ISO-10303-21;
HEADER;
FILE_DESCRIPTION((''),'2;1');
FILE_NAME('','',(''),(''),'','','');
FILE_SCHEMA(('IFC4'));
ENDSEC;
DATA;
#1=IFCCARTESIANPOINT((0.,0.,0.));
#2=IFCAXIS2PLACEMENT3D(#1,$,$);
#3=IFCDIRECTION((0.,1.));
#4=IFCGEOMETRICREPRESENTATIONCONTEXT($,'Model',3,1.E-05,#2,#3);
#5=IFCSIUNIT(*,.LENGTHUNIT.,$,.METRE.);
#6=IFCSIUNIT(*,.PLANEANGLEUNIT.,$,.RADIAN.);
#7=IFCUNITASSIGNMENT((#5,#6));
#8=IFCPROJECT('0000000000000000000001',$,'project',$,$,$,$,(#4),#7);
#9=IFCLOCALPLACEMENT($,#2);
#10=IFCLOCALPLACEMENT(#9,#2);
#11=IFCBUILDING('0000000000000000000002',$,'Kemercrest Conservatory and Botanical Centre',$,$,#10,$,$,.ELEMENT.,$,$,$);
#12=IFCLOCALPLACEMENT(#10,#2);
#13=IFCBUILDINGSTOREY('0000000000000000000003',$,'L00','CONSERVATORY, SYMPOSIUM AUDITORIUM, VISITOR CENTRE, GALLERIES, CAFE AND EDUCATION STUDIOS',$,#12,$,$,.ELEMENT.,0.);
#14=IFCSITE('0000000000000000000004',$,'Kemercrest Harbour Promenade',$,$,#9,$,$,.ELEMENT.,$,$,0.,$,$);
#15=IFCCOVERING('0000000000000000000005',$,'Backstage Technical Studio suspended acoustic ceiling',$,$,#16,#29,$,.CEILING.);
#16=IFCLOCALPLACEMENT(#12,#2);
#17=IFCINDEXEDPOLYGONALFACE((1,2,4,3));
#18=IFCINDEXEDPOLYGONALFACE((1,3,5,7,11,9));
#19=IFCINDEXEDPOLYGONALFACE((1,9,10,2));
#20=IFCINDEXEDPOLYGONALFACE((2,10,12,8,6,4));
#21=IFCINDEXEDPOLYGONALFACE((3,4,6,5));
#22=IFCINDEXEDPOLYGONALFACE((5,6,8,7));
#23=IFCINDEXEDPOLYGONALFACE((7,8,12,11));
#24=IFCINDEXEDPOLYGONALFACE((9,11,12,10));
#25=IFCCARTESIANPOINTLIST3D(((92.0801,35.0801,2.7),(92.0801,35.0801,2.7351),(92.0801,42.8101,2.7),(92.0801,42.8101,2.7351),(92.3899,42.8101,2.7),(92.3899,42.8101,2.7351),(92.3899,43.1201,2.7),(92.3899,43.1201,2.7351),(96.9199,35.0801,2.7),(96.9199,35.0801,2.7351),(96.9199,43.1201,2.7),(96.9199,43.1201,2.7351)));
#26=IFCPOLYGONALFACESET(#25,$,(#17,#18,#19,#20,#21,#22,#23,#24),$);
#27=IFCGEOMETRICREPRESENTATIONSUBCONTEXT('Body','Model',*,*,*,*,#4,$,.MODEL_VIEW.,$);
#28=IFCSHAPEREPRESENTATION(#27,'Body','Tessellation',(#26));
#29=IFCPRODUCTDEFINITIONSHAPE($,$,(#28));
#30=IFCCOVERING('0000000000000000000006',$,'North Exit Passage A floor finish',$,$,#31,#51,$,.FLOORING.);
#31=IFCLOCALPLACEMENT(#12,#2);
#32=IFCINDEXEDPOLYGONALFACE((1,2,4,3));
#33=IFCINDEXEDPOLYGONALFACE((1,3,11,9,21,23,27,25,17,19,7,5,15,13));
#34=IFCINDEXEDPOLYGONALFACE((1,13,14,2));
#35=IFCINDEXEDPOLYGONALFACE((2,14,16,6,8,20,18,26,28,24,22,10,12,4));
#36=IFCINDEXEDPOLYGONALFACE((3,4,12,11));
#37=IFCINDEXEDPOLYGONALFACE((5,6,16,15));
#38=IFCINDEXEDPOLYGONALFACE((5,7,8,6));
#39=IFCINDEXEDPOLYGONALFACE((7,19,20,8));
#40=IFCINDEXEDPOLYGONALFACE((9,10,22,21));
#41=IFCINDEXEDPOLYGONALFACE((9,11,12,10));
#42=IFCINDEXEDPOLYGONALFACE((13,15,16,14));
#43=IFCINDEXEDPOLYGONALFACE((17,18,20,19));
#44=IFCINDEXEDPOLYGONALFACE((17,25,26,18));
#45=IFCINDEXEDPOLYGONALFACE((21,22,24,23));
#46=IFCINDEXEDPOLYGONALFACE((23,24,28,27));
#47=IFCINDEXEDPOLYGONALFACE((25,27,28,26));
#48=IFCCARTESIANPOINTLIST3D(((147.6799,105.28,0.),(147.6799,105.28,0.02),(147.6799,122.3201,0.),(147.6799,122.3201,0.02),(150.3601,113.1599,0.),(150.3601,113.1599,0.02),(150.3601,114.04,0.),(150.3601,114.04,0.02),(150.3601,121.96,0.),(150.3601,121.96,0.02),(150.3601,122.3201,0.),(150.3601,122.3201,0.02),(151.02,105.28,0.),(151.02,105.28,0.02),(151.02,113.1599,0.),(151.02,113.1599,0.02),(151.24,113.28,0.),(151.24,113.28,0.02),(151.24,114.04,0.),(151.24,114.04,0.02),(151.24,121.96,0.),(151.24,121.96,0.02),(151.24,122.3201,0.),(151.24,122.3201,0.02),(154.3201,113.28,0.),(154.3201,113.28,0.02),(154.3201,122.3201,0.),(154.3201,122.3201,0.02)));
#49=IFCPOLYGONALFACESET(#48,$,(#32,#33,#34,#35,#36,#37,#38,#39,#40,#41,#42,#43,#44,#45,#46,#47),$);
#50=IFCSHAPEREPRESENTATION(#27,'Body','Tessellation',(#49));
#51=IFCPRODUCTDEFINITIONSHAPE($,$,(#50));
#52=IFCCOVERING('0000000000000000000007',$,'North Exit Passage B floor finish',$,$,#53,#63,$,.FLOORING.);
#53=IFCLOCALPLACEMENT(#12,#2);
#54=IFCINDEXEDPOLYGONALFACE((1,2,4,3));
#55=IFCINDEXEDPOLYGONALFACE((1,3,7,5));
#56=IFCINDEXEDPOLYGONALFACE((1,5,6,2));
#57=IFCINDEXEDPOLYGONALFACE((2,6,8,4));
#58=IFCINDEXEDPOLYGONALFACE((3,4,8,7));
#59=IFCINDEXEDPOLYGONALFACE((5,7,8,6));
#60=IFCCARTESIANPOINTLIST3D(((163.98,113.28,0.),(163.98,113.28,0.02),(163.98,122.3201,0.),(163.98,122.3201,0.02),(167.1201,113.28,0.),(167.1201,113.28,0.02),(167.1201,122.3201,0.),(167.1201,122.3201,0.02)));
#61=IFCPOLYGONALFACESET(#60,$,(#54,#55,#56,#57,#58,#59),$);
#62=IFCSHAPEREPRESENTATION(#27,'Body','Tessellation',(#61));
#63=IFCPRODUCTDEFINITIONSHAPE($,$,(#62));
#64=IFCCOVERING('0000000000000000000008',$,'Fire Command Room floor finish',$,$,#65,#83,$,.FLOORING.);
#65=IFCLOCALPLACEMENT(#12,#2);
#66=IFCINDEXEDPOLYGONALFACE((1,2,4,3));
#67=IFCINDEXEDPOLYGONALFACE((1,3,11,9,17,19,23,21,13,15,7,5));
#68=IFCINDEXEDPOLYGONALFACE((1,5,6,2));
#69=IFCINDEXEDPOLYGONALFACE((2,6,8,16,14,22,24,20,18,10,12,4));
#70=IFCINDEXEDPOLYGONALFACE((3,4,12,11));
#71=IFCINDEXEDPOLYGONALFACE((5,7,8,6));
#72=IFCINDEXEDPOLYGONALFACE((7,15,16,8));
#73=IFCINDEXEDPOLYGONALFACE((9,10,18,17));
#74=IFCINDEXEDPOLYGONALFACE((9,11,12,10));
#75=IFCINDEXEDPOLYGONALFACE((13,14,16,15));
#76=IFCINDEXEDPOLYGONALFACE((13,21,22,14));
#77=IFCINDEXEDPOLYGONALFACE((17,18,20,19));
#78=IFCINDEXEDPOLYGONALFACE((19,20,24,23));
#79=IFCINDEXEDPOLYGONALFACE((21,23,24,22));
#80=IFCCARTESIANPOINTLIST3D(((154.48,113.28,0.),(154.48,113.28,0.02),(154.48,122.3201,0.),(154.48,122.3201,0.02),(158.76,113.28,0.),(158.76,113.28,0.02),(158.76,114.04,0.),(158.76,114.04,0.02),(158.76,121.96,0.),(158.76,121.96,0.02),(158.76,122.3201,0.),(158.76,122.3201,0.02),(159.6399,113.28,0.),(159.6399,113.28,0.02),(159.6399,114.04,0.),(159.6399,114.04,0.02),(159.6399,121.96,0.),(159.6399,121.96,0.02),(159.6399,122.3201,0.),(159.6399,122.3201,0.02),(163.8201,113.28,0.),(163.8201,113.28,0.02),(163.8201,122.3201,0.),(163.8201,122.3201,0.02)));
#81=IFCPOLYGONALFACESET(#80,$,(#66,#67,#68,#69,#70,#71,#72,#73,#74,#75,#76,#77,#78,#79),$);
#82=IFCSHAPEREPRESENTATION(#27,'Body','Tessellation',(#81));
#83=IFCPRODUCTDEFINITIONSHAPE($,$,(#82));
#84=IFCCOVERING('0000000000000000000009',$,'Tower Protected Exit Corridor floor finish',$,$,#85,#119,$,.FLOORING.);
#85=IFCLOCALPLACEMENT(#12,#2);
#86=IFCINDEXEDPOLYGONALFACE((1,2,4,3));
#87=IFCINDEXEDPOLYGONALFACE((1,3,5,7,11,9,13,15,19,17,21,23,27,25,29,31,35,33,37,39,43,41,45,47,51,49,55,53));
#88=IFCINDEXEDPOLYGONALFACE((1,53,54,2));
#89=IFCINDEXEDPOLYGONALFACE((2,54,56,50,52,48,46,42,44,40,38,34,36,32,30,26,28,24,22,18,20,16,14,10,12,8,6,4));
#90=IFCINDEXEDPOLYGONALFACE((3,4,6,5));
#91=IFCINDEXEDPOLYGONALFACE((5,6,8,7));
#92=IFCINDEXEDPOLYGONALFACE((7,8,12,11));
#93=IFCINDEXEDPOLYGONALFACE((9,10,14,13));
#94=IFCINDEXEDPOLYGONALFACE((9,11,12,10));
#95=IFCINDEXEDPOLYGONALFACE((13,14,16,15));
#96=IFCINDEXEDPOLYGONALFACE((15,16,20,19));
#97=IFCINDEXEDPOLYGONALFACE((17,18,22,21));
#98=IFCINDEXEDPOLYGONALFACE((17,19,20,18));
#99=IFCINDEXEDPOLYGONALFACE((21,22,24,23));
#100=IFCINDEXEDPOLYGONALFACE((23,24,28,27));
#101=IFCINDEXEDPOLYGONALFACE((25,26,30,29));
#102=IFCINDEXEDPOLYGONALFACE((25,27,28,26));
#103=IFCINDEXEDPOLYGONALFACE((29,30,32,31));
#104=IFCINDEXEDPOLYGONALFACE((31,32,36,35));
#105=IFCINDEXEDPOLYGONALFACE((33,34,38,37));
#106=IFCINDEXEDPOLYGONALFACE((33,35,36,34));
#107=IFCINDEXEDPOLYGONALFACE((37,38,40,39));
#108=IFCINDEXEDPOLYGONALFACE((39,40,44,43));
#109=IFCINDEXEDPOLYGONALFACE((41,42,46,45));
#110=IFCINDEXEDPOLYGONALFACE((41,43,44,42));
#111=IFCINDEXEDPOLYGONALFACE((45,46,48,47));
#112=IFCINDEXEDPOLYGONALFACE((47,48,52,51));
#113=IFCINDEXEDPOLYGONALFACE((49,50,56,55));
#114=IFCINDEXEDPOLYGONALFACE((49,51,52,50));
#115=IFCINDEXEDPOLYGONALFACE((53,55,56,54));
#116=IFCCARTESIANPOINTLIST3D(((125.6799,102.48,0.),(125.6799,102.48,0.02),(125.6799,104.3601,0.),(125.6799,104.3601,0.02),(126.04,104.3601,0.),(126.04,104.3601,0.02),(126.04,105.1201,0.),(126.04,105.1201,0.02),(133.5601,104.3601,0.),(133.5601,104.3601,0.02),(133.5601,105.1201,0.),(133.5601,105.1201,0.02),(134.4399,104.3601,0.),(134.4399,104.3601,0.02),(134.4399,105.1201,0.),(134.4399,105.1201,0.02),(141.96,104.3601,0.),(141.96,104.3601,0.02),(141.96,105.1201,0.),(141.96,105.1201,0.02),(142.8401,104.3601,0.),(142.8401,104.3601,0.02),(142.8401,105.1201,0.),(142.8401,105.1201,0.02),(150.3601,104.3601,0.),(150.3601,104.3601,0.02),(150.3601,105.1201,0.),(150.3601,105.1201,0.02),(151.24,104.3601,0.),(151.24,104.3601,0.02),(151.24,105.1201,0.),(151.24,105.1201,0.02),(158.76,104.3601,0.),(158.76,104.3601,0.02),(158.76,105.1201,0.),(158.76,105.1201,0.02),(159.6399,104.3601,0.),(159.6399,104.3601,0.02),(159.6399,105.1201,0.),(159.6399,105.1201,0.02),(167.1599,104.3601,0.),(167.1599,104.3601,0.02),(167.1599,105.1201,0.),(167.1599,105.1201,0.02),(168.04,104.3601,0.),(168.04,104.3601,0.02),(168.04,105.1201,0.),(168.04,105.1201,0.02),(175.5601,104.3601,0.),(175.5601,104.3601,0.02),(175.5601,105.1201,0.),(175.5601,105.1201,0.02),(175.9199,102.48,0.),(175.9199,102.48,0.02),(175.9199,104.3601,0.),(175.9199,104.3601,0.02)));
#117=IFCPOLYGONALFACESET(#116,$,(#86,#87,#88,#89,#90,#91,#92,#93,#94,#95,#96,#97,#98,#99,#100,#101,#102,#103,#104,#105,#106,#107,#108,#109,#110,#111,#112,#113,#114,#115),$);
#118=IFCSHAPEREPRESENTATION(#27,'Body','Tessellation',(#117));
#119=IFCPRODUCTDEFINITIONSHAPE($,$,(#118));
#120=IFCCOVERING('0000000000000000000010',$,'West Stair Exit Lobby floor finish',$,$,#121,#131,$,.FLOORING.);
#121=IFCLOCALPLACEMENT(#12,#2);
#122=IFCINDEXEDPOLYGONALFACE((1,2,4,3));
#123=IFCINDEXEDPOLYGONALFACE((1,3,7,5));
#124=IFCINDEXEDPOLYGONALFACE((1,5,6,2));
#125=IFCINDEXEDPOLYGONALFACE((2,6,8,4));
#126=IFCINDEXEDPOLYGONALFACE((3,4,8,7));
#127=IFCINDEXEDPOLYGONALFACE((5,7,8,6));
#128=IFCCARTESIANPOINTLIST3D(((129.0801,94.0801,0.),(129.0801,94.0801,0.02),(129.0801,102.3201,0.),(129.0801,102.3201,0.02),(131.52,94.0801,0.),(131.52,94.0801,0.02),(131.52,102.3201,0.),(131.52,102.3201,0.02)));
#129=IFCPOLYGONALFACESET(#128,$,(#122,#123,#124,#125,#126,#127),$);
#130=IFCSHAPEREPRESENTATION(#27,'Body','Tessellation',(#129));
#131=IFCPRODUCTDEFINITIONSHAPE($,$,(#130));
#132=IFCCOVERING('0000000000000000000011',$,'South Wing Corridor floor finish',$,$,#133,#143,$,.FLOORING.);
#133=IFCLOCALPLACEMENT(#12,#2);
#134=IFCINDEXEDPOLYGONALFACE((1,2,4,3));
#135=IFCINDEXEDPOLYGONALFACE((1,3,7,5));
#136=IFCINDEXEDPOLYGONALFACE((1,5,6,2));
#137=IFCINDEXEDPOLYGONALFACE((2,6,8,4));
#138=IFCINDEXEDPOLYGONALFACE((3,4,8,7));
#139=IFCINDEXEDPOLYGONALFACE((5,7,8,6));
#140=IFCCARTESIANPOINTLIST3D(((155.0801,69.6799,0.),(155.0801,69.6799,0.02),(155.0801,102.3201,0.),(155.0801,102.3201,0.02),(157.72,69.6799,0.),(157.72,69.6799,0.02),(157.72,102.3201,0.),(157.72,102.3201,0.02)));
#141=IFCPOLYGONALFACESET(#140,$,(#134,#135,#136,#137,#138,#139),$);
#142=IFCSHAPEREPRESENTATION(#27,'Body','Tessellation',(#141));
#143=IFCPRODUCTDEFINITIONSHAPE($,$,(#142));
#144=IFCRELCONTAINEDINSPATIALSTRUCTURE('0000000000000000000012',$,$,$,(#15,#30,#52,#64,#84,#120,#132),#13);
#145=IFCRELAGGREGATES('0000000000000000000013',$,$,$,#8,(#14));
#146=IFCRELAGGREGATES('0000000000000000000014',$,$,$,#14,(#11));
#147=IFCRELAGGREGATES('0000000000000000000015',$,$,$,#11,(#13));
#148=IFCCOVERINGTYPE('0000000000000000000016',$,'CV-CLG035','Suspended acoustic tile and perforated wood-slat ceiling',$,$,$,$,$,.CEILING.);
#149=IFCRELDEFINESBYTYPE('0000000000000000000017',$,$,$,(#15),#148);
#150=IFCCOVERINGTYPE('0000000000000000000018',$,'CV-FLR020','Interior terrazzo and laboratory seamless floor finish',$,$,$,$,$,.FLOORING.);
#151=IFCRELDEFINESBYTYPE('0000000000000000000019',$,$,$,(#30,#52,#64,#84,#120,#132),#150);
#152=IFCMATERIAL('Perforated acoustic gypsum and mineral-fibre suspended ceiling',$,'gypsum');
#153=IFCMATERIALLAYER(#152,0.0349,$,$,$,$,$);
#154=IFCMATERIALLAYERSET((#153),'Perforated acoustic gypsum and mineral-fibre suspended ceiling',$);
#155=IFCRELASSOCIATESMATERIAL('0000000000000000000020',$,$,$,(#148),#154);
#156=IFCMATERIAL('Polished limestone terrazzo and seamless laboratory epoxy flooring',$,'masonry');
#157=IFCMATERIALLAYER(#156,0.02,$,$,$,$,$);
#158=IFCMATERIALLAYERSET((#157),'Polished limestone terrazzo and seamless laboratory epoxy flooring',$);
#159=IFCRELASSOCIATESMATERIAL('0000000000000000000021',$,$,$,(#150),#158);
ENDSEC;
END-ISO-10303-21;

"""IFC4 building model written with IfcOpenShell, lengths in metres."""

from ifc_helpers import new_model, si_unit, direction, frame, origin, place, context, subcontext, project, spatial, polyline, outline, extrude, material, layer, layer_set, type_object, element, save


model = new_model("IFC4")

# Units and contexts
model_context = context("Model", 3, precision=1e-05, world=origin(), true_north=direction((0.0, 1.0)))
body_context = subcontext(model_context, "Body", "Model", "MODEL_VIEW")
ifc_project = project(units=[si_unit("LENGTHUNIT", "METRE"), si_unit("PLANEANGLEUNIT", "RADIAN")], contexts=[model_context])

# Site, building, storey
site_placement = place(None, origin())
site = spatial("IfcSite", under=ifc_project, at=site_placement, Name="Kemercrest Harbour Promenade", CompositionType="ELEMENT", RefElevation=0.0)
building_placement = place(site_placement, origin())
building = spatial("IfcBuilding", under=site, at=building_placement, Name="Kemercrest Conservatory and Botanical Centre", CompositionType="ELEMENT")
storey_placement = place(building_placement, origin())
storey = spatial("IfcBuildingStorey", under=building, at=storey_placement, Name="L00", Description="CONSERVATORY, SYMPOSIUM AUDITORIUM, VISITOR CENTRE, GALLERIES, CAFE AND EDUCATION STUDIOS", CompositionType="ELEMENT", Elevation=0.0)

# Coverings
ifc_material_1 = material(Name="Perforated acoustic gypsum and mineral-fibre suspended ceiling", Category="gypsum")
ifc_layer_1 = layer(ifc_material_1, 0.0349)
ifc_layer_set_1 = layer_set([ifc_layer_1], Name="Perforated acoustic gypsum and mineral-fibre suspended ceiling")
covering_type_1 = type_object("IfcCoveringType", Name="CV-CLG035", Description="Suspended acoustic tile and perforated wood-slat ceiling", PredefinedType="CEILING", material=ifc_layer_set_1)
covering_1_placement = place(storey_placement, frame((0.0, 0.0, 2.7)))
element("IfcCovering", 1, at=covering_1_placement, inside=storey, type_object=covering_type_1, Name="Backstage Technical Studio suspended acoustic ceiling", PredefinedType="CEILING", context=body_context, shape_type="SweptSolid", body=[
    extrude(outline(polyline([(92.0801, 35.0801), (96.9199, 35.0801), (96.9199, 43.1201), (92.3899, 43.1201), (92.3899, 42.8101), (92.0801, 42.8101), (92.0801, 35.0801)])), origin(), (0.0, 0.0, 1.0), 0.0352),
])
ifc_material_2 = material(Name="Polished limestone terrazzo and seamless laboratory epoxy flooring", Category="masonry")
ifc_layer_2 = layer(ifc_material_2, 0.02)
ifc_layer_set_2 = layer_set([ifc_layer_2], Name="Polished limestone terrazzo and seamless laboratory epoxy flooring")
covering_type_2 = type_object("IfcCoveringType", Name="CV-FLR020", Description="Interior terrazzo and laboratory seamless floor finish", PredefinedType="FLOORING", material=ifc_layer_set_2)
covering_2_placement = place(storey_placement, origin())
element("IfcCovering", 2, at=covering_2_placement, inside=storey, type_object=covering_type_2, Name="North Exit Passage A floor finish", PredefinedType="FLOORING", context=body_context, shape_type="SweptSolid", body=[
    extrude(outline(polyline([(147.6799, 122.3201), (147.6799, 105.28), (151.02, 105.28), (151.02, 113.1599), (150.3601, 113.1599), (150.3601, 114.04), (151.24, 114.04), (151.24, 113.28), (154.3201, 113.28), (154.3201, 122.3201), (151.24, 122.3201), (151.24, 121.96), (150.3601, 121.96), (150.3601, 122.3201), (147.6799, 122.3201)])), origin(), (0.0, 0.0, 1.0), 0.02),
])
covering_3_placement = place(storey_placement, origin())
element("IfcCovering", 3, at=covering_3_placement, inside=storey, type_object=covering_type_2, Name="North Exit Passage B floor finish", PredefinedType="FLOORING", context=body_context, shape_type="SweptSolid", body=[
    extrude(outline(polyline([(163.98, 113.28), (167.1201, 113.28), (167.1201, 122.3201), (163.98, 122.3201), (163.98, 113.28)])), origin(), (0.0, 0.0, 1.0), 0.02),
])
covering_4_placement = place(storey_placement, origin())
element("IfcCovering", 4, at=covering_4_placement, inside=storey, type_object=covering_type_2, Name="Fire Command Room floor finish", PredefinedType="FLOORING", context=body_context, shape_type="SweptSolid", body=[
    extrude(outline(polyline([(159.6399, 113.28), (163.8201, 113.28), (163.8201, 122.3201), (159.6399, 122.3201), (159.6399, 121.96), (158.76, 121.96), (158.76, 122.3201), (154.48, 122.3201), (154.48, 113.28), (158.76, 113.28), (158.76, 114.04), (159.6399, 114.04), (159.6399, 113.28)])), origin(), (0.0, 0.0, 1.0), 0.02),
])
covering_5_placement = place(storey_placement, origin())
element("IfcCovering", 5, at=covering_5_placement, inside=storey, type_object=covering_type_2, Name="Tower Protected Exit Corridor floor finish", PredefinedType="FLOORING", context=body_context, shape_type="SweptSolid", body=[
    extrude(outline(polyline([(125.6799, 102.48), (175.9199, 102.48), (175.9199, 104.3601), (175.5601, 104.3601), (175.5601, 105.1201), (168.04, 105.1201), (168.04, 104.3601), (167.1599, 104.3601), (167.1599, 105.1201), (159.6399, 105.1201), (159.6399, 104.3601), (158.76, 104.3601), (158.76, 105.1201), (151.24, 105.1201), (151.24, 104.3601), (150.3601, 104.3601), (150.3601, 105.1201), (142.8401, 105.1201), (142.8401, 104.3601), (141.96, 104.3601), (141.96, 105.1201), (134.4399, 105.1201), (134.4399, 104.3601), (133.5601, 104.3601), (133.5601, 105.1201), (126.04, 105.1201), (126.04, 104.3601), (125.6799, 104.3601), (125.6799, 102.48)])), origin(), (0.0, 0.0, 1.0), 0.02),
])
covering_6_placement = place(storey_placement, origin())
element("IfcCovering", 6, at=covering_6_placement, inside=storey, type_object=covering_type_2, Name="West Stair Exit Lobby floor finish", PredefinedType="FLOORING", context=body_context, shape_type="SweptSolid", body=[
    extrude(outline(polyline([(129.0801, 94.0801), (131.52, 94.0801), (131.52, 102.3201), (129.0801, 102.3201), (129.0801, 94.0801)])), origin(), (0.0, 0.0, 1.0), 0.02),
])
covering_7_placement = place(storey_placement, origin())
element("IfcCovering", 7, at=covering_7_placement, inside=storey, type_object=covering_type_2, Name="South Wing Corridor floor finish", PredefinedType="FLOORING", context=body_context, shape_type="SweptSolid", body=[
    extrude(outline(polyline([(155.0801, 69.6799), (157.72, 69.6799), (157.72, 102.3201), (155.0801, 102.3201), (155.0801, 69.6799)])), origin(), (0.0, 0.0, 1.0), 0.02),
])

save(model, "model.ifc")
